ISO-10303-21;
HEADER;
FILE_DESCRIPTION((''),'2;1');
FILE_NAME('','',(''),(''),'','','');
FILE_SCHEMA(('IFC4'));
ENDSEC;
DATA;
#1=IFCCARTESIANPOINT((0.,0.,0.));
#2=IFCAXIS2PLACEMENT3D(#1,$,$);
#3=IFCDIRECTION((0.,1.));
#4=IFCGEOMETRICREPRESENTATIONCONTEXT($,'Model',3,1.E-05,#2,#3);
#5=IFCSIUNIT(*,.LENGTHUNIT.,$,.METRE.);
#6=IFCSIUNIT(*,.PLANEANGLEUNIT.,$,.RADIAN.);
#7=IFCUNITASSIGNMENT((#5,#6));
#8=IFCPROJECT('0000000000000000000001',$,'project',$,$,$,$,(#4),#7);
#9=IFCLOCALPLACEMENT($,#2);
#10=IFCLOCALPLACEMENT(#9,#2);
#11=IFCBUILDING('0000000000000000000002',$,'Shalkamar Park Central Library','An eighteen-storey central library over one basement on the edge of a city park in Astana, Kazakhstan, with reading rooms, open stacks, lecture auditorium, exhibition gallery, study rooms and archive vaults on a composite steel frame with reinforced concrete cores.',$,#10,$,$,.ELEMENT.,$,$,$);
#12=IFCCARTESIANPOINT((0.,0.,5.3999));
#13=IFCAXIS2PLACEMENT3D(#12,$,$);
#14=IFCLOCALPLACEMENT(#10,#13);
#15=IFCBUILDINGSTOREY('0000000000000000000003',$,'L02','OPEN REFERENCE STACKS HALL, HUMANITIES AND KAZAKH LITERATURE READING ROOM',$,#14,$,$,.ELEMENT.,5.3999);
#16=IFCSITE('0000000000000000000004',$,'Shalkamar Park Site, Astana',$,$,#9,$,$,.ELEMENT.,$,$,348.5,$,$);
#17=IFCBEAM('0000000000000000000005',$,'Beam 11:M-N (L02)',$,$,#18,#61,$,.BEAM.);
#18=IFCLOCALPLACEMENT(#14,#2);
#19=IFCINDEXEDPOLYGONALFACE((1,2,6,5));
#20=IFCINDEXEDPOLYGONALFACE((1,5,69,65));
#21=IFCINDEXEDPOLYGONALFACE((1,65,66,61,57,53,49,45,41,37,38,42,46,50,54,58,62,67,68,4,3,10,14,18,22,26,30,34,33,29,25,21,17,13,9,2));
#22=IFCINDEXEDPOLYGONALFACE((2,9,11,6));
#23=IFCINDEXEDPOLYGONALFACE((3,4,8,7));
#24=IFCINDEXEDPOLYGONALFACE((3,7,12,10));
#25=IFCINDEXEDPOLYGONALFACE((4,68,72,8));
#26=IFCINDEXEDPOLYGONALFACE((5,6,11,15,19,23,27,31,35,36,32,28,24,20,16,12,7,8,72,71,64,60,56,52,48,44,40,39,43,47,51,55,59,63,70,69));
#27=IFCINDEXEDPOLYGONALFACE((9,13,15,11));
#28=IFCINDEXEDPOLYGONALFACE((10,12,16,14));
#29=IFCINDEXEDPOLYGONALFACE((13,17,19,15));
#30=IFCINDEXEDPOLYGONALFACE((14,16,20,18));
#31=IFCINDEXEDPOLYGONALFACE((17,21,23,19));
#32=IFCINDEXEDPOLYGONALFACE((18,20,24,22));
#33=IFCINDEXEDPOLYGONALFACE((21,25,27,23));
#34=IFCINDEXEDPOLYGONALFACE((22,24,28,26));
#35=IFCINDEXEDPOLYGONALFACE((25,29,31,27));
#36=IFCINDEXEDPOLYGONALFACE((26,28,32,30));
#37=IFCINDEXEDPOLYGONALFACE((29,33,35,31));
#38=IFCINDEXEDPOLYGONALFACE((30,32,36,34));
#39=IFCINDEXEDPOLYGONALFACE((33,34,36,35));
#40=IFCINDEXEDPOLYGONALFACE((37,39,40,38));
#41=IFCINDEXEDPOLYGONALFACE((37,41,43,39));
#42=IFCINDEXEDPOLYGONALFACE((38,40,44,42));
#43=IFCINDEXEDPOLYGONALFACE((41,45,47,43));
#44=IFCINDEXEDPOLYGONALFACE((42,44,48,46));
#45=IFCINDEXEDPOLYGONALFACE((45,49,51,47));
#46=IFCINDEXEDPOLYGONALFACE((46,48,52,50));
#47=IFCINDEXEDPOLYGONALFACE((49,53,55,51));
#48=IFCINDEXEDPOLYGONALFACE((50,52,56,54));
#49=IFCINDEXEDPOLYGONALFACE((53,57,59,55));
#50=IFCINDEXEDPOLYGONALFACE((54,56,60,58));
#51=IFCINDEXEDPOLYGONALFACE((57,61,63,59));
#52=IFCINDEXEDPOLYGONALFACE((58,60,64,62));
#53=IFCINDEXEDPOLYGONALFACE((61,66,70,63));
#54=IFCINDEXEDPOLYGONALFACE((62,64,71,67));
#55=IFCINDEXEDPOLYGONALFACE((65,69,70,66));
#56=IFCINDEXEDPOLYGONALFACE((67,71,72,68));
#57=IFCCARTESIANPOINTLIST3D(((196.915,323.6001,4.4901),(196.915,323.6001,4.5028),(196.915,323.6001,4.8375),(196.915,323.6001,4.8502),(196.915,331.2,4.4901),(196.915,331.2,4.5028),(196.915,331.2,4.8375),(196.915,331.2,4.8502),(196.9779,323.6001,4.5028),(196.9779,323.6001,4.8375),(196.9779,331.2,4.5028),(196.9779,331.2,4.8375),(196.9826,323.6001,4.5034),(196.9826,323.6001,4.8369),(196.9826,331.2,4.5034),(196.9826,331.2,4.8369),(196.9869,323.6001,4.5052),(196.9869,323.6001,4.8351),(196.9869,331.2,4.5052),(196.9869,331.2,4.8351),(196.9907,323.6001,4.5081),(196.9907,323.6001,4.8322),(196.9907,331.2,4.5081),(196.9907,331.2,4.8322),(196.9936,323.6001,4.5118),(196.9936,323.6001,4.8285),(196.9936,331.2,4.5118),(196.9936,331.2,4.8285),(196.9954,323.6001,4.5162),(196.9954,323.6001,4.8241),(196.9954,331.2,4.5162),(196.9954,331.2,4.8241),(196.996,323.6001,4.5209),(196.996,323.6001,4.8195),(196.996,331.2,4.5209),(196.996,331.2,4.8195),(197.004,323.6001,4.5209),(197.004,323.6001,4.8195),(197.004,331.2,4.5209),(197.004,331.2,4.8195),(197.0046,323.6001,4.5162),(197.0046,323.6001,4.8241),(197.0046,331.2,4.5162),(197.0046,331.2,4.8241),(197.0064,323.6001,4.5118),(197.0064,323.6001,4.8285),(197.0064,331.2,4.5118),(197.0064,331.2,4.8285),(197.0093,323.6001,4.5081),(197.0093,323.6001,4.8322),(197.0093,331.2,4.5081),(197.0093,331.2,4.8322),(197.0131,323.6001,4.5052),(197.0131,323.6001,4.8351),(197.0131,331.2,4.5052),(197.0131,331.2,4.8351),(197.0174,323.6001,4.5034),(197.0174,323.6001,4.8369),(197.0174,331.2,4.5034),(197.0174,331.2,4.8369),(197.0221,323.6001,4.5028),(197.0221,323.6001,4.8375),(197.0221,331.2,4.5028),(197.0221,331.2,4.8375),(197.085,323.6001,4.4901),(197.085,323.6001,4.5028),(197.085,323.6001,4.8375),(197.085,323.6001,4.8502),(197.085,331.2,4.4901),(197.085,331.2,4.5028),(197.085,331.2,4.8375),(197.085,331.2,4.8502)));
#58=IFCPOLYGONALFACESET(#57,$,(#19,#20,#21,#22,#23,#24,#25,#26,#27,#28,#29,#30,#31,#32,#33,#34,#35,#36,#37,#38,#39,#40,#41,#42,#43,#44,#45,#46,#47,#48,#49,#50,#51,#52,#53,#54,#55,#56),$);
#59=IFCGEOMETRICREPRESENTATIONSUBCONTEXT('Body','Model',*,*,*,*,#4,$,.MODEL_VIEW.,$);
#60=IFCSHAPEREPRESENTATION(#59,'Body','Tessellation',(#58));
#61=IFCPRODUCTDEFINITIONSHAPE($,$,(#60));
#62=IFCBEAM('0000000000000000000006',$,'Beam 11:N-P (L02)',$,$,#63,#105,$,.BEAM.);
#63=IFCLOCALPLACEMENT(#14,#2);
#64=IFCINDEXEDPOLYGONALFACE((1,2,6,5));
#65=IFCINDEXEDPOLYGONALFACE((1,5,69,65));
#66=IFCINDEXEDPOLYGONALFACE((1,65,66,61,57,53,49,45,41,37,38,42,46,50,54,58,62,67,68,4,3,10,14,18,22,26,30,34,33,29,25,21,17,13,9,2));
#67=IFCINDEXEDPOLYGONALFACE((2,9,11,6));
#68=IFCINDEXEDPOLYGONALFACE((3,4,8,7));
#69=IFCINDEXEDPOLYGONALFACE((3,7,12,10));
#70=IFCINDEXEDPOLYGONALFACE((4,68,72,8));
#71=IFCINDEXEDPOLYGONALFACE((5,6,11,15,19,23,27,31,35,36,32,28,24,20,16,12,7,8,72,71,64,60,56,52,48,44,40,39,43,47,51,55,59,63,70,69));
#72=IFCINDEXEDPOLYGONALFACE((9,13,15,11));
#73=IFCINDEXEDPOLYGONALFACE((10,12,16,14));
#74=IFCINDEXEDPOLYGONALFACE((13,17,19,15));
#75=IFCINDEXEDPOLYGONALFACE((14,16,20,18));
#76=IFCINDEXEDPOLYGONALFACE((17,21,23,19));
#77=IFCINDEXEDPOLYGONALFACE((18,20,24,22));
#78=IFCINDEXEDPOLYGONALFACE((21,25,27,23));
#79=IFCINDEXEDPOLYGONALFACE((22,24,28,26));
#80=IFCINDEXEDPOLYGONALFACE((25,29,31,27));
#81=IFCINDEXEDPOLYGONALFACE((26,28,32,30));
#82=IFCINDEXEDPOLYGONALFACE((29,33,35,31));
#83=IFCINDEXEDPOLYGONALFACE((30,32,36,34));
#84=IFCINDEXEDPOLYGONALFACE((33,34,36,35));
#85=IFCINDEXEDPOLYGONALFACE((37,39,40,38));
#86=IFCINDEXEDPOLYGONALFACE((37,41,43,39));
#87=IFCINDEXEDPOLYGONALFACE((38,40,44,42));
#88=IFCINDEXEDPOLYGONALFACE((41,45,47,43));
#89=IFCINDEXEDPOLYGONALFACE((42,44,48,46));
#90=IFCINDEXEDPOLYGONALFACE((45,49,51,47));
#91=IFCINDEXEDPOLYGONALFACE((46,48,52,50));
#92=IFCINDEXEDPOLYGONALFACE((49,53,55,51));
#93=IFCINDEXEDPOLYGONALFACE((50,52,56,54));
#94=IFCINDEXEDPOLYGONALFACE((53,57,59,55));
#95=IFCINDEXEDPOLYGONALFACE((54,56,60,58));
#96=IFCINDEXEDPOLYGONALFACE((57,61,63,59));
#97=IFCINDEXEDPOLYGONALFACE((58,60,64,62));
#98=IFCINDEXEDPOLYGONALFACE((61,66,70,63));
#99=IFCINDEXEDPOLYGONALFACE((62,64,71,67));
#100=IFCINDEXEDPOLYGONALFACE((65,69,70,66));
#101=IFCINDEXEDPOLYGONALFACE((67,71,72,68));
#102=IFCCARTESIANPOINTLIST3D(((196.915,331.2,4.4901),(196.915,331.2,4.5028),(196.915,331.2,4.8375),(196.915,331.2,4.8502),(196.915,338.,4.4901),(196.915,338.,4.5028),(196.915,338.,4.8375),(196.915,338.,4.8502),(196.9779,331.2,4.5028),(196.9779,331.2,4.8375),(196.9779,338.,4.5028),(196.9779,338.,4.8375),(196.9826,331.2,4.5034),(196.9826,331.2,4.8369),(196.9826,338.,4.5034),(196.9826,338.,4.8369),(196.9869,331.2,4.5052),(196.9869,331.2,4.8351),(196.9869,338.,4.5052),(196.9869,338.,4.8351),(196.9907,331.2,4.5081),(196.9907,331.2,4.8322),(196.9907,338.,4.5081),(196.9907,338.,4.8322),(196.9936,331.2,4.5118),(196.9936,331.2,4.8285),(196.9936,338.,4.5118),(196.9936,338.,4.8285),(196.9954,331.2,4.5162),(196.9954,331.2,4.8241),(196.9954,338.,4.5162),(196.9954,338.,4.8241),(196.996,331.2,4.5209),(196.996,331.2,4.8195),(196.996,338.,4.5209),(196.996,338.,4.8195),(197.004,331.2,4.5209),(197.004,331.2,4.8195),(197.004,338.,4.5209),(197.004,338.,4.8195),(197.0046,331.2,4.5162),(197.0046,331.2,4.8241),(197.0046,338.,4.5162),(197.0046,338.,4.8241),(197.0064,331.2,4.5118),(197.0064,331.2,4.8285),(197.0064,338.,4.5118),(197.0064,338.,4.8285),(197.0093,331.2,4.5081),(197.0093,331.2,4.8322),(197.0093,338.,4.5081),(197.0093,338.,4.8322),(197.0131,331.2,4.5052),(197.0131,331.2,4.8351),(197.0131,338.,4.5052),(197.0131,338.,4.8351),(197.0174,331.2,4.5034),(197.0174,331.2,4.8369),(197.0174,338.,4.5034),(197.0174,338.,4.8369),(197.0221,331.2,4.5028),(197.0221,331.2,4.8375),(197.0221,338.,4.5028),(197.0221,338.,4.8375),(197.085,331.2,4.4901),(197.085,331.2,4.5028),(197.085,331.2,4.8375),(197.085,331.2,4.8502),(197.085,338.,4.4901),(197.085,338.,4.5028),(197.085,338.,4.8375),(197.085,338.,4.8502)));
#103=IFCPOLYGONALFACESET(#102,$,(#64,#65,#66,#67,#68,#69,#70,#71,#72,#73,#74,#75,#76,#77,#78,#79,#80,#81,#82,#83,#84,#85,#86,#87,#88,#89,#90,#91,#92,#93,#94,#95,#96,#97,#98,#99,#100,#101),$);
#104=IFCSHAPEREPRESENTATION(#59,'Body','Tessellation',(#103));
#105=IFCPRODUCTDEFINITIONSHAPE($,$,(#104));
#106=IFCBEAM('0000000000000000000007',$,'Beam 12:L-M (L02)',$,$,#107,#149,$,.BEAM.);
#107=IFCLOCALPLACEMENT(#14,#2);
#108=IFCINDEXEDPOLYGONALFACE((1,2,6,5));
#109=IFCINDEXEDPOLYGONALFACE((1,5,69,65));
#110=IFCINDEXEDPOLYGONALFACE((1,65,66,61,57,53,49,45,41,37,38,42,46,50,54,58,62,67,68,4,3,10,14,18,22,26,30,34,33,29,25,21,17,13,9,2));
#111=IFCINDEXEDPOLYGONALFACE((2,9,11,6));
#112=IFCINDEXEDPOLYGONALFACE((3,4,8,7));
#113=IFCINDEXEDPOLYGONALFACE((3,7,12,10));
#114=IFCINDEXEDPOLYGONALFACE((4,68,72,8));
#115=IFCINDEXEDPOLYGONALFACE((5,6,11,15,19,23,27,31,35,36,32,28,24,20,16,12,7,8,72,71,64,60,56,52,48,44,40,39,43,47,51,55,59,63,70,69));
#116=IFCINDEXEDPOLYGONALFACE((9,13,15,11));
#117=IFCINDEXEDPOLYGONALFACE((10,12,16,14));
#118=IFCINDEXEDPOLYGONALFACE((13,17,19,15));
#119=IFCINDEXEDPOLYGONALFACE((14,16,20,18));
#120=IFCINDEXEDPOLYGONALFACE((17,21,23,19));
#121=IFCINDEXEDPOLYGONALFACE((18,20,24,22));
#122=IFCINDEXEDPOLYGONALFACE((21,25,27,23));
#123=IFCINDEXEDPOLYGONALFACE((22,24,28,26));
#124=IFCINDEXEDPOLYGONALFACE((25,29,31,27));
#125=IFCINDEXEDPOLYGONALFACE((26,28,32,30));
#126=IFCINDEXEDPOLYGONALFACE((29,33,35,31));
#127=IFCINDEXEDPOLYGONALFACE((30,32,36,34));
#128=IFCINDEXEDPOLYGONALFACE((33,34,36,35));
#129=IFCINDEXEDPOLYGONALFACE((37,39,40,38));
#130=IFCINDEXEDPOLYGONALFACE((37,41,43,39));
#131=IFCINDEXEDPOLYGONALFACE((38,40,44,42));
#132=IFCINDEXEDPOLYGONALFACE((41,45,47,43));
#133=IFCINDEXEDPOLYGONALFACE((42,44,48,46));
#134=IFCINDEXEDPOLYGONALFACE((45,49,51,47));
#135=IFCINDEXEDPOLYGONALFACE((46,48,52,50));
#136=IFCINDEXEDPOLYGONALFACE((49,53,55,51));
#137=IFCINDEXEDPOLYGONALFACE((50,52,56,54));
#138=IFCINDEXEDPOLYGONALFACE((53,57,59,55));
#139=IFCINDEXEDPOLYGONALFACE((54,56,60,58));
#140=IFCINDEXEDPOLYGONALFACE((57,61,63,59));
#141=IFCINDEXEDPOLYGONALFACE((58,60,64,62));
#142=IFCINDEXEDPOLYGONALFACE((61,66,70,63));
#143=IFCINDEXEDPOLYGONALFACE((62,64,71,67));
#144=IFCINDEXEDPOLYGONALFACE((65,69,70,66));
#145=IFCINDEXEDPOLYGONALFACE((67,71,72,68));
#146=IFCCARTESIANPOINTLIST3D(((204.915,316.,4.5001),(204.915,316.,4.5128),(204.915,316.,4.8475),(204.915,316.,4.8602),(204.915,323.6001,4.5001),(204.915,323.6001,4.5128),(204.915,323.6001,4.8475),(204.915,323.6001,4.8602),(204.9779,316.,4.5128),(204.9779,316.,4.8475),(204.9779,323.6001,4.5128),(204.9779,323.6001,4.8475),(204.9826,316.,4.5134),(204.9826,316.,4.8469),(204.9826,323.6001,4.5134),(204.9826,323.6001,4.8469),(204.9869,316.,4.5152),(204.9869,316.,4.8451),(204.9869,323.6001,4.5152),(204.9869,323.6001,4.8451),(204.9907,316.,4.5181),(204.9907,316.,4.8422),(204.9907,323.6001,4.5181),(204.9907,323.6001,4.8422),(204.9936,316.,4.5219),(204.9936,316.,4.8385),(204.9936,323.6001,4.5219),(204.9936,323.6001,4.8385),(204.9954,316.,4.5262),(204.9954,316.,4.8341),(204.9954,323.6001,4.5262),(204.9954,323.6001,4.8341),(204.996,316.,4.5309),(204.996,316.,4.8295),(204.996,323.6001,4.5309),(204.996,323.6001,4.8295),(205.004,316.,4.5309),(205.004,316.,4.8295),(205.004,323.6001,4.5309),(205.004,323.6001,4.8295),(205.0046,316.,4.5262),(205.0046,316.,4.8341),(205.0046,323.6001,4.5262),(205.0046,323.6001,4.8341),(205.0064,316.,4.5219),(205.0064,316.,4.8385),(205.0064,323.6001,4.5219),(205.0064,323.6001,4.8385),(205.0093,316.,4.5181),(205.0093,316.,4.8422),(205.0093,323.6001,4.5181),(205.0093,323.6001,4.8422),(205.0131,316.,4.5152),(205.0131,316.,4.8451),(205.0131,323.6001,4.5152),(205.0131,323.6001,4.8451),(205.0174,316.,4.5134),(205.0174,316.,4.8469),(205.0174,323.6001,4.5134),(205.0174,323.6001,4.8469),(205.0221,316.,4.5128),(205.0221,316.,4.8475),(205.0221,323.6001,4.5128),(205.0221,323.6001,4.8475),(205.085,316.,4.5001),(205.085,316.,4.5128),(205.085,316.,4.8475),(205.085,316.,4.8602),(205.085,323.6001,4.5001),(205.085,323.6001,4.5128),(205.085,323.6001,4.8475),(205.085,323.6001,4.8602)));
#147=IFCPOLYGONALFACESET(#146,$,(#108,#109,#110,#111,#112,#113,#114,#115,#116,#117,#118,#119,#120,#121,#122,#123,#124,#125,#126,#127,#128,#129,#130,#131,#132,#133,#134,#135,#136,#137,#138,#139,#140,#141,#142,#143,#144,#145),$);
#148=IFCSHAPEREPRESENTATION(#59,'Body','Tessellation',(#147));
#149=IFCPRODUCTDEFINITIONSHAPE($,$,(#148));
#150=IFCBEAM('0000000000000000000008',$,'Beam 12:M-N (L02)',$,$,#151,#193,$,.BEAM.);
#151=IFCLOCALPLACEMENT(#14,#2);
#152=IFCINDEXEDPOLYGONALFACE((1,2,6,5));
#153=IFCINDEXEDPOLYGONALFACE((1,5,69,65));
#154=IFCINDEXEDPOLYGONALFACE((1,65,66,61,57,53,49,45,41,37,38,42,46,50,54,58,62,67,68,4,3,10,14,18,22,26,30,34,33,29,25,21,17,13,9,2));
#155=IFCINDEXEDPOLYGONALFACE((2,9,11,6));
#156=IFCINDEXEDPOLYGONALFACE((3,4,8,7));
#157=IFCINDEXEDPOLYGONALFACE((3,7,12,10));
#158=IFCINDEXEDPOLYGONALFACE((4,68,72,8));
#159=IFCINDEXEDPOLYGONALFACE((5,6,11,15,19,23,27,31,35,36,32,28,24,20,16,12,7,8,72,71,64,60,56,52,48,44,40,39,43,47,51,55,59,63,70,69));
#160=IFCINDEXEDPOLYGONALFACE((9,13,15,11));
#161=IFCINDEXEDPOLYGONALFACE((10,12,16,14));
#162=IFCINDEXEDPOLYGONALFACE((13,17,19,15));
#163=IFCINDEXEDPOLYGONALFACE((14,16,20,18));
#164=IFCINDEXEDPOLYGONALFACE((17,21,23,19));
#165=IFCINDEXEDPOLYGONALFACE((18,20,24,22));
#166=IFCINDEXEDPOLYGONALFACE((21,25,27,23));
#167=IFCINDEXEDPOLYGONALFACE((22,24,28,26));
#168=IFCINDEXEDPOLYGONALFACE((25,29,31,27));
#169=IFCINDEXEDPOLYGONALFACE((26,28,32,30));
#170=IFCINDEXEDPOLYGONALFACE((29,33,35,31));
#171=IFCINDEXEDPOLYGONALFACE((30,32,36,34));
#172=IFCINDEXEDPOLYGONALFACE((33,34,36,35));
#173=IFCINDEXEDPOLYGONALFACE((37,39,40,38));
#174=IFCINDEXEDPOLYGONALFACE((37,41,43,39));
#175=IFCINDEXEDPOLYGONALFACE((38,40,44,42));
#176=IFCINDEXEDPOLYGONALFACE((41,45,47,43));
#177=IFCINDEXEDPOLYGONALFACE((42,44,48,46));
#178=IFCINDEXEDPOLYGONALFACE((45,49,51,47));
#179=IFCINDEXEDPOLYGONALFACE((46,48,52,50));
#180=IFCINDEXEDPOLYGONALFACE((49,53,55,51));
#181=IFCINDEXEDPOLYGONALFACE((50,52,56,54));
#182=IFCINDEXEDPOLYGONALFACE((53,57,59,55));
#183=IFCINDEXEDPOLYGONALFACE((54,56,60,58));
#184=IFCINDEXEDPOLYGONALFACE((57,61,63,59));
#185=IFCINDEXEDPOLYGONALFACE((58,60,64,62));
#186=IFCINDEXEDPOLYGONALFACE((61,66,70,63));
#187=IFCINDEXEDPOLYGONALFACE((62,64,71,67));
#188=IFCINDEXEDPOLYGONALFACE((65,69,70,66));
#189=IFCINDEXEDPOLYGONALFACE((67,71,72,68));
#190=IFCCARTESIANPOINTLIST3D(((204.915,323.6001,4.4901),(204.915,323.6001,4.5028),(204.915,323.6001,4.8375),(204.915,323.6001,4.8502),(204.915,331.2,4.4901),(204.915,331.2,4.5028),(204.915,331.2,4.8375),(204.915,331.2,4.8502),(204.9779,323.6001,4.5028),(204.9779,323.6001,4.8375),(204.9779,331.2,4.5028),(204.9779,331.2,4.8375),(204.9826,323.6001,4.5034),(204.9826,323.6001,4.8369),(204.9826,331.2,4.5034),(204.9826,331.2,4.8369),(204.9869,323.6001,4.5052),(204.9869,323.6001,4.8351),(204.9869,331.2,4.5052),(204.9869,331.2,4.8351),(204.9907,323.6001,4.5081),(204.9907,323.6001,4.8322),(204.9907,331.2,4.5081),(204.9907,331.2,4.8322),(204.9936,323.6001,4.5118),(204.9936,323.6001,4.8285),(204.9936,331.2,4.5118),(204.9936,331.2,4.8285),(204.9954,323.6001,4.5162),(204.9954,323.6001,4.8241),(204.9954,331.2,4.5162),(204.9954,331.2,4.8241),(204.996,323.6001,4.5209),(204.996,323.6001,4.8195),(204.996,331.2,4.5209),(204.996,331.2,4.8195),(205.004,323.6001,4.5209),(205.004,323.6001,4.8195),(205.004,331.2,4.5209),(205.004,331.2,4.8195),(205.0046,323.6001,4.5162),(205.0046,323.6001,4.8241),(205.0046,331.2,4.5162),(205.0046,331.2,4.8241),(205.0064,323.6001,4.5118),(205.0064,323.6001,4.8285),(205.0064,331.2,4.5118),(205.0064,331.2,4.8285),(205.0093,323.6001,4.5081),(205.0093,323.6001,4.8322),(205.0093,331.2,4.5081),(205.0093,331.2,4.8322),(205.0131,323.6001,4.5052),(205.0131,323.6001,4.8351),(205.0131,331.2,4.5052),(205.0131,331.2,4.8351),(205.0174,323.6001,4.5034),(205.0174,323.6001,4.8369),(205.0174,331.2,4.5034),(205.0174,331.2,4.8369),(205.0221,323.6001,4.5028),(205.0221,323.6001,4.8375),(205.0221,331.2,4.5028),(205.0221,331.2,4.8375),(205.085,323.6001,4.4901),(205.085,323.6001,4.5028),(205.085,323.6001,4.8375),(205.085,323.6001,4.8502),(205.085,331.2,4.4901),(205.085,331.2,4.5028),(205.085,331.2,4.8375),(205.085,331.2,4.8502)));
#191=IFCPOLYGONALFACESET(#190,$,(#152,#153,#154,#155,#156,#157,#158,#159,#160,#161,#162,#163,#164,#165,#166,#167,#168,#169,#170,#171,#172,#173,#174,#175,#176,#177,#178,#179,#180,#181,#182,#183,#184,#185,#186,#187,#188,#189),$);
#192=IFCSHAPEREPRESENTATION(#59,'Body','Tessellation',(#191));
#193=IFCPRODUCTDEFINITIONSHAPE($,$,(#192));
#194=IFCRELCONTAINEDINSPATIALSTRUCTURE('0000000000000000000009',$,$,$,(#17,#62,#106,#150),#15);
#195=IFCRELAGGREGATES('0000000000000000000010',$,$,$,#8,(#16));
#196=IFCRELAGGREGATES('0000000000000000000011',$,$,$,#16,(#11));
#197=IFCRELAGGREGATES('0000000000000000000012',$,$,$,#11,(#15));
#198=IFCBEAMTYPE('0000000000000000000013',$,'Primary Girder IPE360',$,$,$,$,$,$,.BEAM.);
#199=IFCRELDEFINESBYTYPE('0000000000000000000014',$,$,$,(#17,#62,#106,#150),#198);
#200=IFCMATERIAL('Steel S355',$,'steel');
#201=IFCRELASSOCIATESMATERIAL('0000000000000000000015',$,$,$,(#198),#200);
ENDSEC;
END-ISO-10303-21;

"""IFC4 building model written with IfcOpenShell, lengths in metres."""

from ifc_helpers import new_model, si_unit, direction, frame, origin, origin_2d, place, context, subcontext, project, spatial, i_section, extrude, material, material_profile, profile_set, type_object, element, save


model = new_model("IFC4")

# Units and contexts
model_context = context("Model", 3, precision=1e-05, world=origin(), true_north=direction((0.0, 1.0)))
body_context = subcontext(model_context, "Body", "Model", "MODEL_VIEW")
ifc_project = project(units=[si_unit("LENGTHUNIT", "METRE"), si_unit("PLANEANGLEUNIT", "RADIAN")], contexts=[model_context])

# Site, building, storey
site_placement = place(None, origin())
site = spatial("IfcSite", under=ifc_project, at=site_placement, Name="Shalkamar Park Site, Astana", CompositionType="ELEMENT", RefElevation=348.5)
building_placement = place(site_placement, origin())
building = spatial("IfcBuilding", under=site, at=building_placement, Name="Shalkamar Park Central Library", Description="An eighteen-storey central library over one basement on the edge of a city park in Astana, Kazakhstan, with reading rooms, open stacks, lecture auditorium, exhibition gallery, study rooms and archive vaults on a composite steel frame with reinforced concrete cores.", CompositionType="ELEMENT")
storey_placement = place(building_placement, frame((0.0, 0.0, 5.3999)))
storey = spatial("IfcBuildingStorey", under=building, at=storey_placement, Name="L02", Description="OPEN REFERENCE STACKS HALL, HUMANITIES AND KAZAKH LITERATURE READING ROOM", CompositionType="ELEMENT", Elevation=5.3999)

# Shared definitions
ifc_material = material(Name="Steel S355", Category="steel")

# Beams
ifc_material_profile_1 = material_profile(ifc_material, i_section(OverallWidth=0.1699, OverallDepth=0.3601, WebThickness=0.0081, FlangeThickness=0.0127, FilletRadius=0.0181, at=origin_2d()), Name="IPE 360")
ifc_profile_set_1 = profile_set([ifc_material_profile_1], Name="Steel S355")
beam_type_1 = type_object("IfcBeamType", Name="Primary Girder IPE360", PredefinedType="BEAM", material=ifc_profile_set_1)
beam_1_placement = place(storey_placement, frame((197.0, 323.6001, 4.6702), z_axis=(0.0, 1.0, 0.0), x_axis=(-1.0, 0.0, 0.0)))
element("IfcBeam", 1, at=beam_1_placement, inside=storey, type_object=beam_type_1, Name="Beam 11:M-N (L02)", PredefinedType="BEAM", context=body_context, shape_type="SweptSolid", body=[
    extrude(i_section(OverallWidth=0.1699, OverallDepth=0.3601, WebThickness=0.0081, FlangeThickness=0.0127, FilletRadius=0.0181, at=origin_2d()), origin(), (0.0, 0.0, 1.0), 7.5999),
])
beam_2_placement = place(storey_placement, frame((197.0, 331.2, 4.6702), z_axis=(0.0, 1.0, 0.0), x_axis=(-1.0, 0.0, 0.0)))
element("IfcBeam", 2, at=beam_2_placement, inside=storey, type_object=beam_type_1, Name="Beam 11:N-P (L02)", PredefinedType="BEAM", context=body_context, shape_type="SweptSolid", body=[
    extrude(i_section(OverallWidth=0.1699, OverallDepth=0.3601, WebThickness=0.0081, FlangeThickness=0.0127, FilletRadius=0.0181, at=origin_2d()), origin(), (0.0, 0.0, 1.0), 6.8),
])
beam_3_placement = place(storey_placement, frame((205.0, 316.0, 4.6802), z_axis=(0.0, 1.0, 0.0), x_axis=(-1.0, 0.0, 0.0)))
element("IfcBeam", 3, at=beam_3_placement, inside=storey, type_object=beam_type_1, Name="Beam 12:L-M (L02)", PredefinedType="BEAM", context=body_context, shape_type="SweptSolid", body=[
    extrude(i_section(OverallWidth=0.1699, OverallDepth=0.3601, WebThickness=0.0081, FlangeThickness=0.0127, FilletRadius=0.0181, at=origin_2d()), origin(), (0.0, 0.0, 1.0), 7.6001),
])
beam_4_placement = place(storey_placement, frame((205.0, 323.6001, 4.6702), z_axis=(0.0, 1.0, 0.0), x_axis=(-1.0, 0.0, 0.0)))
element("IfcBeam", 4, at=beam_4_placement, inside=storey, type_object=beam_type_1, Name="Beam 12:M-N (L02)", PredefinedType="BEAM", context=body_context, shape_type="SweptSolid", body=[
    extrude(i_section(OverallWidth=0.1699, OverallDepth=0.3601, WebThickness=0.0081, FlangeThickness=0.0127, FilletRadius=0.0181, at=origin_2d()), origin(), (0.0, 0.0, 1.0), 7.5999),
])

save(model, "model.ifc")
